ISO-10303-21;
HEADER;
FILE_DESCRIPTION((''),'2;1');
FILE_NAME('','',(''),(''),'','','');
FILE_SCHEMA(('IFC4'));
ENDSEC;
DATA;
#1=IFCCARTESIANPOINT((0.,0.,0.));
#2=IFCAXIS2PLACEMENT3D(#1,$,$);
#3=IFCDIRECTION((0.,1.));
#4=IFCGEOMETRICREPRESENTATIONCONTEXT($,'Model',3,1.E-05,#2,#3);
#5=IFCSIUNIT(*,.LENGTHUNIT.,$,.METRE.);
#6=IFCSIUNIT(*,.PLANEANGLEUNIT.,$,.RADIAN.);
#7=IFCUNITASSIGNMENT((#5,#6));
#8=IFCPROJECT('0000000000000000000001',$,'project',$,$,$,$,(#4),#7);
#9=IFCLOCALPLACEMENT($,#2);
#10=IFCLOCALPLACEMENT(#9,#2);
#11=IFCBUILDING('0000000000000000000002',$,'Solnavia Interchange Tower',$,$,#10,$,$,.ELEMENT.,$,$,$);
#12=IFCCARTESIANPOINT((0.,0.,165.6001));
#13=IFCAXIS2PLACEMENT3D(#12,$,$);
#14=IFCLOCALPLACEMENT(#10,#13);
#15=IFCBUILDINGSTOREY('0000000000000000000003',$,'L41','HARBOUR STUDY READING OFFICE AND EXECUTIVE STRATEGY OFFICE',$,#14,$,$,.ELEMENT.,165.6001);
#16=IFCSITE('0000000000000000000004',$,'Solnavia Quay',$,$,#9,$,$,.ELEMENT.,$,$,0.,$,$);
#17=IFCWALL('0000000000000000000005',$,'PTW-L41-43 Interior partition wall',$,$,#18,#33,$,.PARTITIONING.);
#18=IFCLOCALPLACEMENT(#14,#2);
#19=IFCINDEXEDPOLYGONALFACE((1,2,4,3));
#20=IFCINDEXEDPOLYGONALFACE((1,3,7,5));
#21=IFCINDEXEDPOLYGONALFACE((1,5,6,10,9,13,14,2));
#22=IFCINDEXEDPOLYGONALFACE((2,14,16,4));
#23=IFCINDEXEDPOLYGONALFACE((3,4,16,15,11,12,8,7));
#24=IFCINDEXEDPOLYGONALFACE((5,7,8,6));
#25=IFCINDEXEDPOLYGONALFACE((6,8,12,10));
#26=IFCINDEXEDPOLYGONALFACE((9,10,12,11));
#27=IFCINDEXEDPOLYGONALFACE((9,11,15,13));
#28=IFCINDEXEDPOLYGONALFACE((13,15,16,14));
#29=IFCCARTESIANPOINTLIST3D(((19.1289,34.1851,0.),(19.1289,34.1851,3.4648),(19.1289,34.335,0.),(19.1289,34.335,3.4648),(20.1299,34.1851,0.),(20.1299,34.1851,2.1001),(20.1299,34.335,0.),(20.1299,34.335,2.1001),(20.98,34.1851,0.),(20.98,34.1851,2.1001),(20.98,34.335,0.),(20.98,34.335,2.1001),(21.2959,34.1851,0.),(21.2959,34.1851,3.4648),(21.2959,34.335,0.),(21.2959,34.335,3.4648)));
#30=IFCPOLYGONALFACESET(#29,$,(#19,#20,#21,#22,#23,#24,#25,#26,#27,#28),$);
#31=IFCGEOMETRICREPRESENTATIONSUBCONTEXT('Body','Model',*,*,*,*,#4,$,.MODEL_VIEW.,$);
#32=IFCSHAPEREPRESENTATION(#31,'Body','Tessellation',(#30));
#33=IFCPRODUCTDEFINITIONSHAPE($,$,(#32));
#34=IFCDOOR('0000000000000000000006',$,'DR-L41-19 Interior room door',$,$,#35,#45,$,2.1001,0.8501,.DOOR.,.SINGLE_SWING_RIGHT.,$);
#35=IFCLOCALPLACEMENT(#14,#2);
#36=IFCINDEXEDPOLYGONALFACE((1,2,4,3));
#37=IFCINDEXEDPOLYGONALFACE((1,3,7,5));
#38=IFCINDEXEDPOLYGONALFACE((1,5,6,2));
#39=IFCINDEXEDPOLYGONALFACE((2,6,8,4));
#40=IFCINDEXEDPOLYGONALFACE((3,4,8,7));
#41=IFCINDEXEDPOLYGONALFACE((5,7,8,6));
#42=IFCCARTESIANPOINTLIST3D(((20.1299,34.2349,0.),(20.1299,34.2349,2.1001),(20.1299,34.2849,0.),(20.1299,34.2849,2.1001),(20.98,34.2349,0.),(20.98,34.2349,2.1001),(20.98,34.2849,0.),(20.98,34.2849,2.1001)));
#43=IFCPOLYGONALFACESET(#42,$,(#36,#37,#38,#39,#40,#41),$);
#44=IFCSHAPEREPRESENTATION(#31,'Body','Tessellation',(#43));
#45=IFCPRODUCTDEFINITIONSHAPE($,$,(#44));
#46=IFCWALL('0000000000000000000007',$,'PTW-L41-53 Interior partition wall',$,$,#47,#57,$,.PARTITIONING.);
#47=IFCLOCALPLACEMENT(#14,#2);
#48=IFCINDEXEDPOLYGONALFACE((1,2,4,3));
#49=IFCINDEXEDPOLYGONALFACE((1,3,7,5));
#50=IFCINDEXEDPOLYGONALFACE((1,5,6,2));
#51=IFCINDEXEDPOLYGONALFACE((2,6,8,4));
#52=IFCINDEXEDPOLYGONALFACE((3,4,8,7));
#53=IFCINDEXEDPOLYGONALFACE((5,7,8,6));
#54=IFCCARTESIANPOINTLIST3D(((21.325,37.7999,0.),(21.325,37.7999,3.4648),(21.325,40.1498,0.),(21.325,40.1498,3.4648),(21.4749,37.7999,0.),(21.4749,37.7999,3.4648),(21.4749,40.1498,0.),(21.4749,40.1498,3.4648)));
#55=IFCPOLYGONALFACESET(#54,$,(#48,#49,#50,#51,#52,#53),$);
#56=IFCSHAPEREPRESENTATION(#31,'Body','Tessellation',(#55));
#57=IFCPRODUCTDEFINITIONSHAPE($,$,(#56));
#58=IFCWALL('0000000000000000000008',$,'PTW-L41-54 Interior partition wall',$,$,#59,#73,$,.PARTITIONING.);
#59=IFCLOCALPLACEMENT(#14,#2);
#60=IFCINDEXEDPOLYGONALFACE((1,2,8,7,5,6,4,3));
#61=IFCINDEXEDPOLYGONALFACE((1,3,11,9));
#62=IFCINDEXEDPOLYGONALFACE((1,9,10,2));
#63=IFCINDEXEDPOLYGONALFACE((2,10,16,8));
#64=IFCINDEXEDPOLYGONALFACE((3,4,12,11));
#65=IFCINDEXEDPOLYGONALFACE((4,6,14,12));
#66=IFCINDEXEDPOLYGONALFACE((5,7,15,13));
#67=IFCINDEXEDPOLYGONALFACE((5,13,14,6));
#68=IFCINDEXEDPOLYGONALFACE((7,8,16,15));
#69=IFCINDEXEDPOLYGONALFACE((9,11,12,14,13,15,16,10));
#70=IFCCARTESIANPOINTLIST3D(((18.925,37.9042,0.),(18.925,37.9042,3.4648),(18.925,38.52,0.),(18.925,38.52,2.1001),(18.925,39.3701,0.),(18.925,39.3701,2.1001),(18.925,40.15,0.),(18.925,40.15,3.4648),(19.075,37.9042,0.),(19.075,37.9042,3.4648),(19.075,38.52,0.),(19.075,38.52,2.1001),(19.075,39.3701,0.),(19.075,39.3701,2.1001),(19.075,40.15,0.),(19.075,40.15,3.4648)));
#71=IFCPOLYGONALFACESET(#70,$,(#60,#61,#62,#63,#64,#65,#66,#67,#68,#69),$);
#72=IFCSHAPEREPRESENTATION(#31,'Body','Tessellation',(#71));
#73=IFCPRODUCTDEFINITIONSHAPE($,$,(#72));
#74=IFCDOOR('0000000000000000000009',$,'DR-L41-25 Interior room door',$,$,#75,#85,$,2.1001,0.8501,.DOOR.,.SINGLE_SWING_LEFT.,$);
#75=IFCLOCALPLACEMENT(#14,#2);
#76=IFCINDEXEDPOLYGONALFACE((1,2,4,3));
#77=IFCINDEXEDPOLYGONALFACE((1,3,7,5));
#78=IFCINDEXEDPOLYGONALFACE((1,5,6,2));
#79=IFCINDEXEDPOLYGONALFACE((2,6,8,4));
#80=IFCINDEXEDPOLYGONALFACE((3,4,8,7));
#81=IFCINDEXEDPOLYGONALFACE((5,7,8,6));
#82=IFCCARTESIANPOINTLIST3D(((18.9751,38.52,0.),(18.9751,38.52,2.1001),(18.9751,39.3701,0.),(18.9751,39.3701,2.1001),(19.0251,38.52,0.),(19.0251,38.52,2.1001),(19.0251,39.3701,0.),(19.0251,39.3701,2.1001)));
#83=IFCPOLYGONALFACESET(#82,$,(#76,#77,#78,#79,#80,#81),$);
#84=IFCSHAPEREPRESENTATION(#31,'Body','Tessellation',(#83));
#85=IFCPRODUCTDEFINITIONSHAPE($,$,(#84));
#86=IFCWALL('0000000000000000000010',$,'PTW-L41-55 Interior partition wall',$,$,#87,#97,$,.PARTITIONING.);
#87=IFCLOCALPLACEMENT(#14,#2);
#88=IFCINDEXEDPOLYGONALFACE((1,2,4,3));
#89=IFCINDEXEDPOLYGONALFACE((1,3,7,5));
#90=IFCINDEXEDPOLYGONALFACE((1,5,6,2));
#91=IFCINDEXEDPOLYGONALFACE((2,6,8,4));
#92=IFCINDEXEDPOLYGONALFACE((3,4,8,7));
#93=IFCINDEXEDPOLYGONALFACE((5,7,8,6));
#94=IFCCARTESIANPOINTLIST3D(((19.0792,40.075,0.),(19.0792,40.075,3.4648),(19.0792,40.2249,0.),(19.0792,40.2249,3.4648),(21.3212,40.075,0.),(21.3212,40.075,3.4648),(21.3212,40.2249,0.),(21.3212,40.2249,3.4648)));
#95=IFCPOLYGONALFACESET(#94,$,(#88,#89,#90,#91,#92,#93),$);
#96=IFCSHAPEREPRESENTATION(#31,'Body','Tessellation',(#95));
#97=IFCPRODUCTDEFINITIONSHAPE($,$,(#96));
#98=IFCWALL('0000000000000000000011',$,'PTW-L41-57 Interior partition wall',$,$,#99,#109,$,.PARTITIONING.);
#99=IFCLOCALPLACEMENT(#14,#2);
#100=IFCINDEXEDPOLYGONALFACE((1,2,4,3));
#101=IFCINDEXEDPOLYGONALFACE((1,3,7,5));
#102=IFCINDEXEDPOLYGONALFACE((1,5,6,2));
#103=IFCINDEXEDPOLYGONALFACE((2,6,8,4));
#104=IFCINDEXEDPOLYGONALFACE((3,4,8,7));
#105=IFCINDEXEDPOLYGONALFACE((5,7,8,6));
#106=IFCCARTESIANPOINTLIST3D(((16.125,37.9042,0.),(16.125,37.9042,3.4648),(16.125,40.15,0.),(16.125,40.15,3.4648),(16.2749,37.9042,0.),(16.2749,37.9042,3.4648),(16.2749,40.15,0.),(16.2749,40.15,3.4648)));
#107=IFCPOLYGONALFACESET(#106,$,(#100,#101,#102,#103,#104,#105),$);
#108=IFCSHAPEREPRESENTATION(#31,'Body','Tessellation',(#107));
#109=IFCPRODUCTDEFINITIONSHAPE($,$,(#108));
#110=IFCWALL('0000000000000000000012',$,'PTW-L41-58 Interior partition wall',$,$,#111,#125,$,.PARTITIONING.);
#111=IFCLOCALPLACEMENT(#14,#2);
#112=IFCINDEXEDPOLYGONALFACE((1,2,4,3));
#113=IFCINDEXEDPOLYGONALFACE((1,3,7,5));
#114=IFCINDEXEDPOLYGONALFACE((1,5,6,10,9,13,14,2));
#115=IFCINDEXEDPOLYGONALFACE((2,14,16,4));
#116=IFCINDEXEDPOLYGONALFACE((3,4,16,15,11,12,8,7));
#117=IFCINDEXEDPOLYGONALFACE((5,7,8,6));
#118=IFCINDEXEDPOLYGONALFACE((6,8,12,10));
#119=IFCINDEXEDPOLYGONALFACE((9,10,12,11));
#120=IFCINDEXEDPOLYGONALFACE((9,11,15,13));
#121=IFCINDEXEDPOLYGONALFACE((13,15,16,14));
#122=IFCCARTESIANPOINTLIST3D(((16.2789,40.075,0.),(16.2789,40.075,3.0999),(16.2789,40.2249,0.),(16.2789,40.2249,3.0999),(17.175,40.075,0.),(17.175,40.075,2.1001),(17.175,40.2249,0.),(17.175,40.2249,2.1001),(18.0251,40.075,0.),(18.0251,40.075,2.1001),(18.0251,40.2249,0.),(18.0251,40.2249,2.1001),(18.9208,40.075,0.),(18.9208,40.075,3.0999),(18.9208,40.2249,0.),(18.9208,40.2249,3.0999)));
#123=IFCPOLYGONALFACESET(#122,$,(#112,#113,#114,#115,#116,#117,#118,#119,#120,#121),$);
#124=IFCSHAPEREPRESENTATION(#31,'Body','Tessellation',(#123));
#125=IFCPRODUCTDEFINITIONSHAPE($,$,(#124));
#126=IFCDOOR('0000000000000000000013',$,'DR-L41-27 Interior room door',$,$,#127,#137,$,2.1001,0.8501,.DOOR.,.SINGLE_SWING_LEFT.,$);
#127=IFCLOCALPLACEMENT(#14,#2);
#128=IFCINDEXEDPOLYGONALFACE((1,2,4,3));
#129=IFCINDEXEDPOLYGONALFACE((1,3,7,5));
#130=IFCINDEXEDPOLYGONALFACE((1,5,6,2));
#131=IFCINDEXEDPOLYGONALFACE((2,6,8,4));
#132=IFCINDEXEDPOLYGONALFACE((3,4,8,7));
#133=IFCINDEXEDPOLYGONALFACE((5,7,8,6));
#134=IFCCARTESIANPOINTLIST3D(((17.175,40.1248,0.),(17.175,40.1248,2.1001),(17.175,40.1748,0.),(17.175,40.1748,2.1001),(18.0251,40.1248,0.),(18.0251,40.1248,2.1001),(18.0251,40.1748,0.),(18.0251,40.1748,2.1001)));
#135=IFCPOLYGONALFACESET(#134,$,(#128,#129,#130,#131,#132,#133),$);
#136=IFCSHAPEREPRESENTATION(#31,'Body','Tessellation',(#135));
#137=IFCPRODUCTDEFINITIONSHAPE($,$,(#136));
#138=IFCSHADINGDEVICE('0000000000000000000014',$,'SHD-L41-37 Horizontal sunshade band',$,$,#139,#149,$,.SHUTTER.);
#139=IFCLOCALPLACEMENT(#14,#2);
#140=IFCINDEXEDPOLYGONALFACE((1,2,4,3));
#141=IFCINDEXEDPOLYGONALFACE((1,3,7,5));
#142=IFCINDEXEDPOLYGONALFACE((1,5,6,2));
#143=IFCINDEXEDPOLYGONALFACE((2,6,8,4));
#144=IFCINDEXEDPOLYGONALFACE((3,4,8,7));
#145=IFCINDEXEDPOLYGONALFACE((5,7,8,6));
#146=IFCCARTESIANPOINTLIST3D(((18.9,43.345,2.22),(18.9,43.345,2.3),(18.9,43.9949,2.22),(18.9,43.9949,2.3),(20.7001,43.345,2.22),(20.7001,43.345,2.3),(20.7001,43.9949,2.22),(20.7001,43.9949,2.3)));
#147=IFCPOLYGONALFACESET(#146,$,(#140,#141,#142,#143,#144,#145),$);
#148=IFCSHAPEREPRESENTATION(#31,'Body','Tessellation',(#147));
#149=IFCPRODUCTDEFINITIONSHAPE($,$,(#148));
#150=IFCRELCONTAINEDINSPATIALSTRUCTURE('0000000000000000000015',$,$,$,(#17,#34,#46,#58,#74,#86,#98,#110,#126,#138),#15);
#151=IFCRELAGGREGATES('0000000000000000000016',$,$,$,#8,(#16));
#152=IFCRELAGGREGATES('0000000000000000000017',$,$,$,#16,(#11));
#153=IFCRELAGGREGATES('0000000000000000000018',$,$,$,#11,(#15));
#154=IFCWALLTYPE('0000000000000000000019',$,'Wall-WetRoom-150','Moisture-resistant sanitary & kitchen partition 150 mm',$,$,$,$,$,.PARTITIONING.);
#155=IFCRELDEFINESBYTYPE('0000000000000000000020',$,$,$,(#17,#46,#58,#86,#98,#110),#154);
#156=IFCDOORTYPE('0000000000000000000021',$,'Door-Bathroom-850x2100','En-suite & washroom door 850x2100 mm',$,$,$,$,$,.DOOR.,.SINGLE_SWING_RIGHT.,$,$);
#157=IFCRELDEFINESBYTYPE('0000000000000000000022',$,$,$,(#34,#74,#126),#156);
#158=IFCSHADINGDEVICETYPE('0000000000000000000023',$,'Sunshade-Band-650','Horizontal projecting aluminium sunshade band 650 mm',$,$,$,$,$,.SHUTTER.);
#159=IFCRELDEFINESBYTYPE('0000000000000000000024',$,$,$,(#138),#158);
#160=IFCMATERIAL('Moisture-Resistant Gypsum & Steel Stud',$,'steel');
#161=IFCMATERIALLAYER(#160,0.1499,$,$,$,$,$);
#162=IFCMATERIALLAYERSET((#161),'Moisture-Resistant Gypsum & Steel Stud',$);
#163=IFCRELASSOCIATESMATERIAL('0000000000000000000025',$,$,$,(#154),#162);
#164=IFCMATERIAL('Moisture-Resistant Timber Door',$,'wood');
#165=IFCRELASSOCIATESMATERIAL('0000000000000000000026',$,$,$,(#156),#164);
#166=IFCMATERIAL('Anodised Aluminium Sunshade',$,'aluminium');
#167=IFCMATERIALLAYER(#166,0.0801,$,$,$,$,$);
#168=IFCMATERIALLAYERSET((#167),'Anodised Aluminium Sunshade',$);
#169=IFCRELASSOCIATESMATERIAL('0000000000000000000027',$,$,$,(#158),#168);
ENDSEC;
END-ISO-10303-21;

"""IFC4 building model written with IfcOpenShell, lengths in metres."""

from ifc_helpers import new_model, si_unit, direction, frame, frame_2d, origin, origin_2d, place, context, subcontext, project, spatial, rectangle, extrude, material, layer, layer_set, type_object, element, fill, save


model = new_model("IFC4")

# Units and contexts
model_context = context("Model", 3, precision=1e-05, world=origin(), true_north=direction((0.0, 1.0)))
body_context = subcontext(model_context, "Body", "Model", "MODEL_VIEW")
ifc_project = project(units=[si_unit("LENGTHUNIT", "METRE"), si_unit("PLANEANGLEUNIT", "RADIAN")], contexts=[model_context])

# Site, building, storey
site_placement = place(None, origin())
site = spatial("IfcSite", under=ifc_project, at=site_placement, Name="Solnavia Quay", CompositionType="ELEMENT", RefElevation=0.0)
building_placement = place(site_placement, origin())
building = spatial("IfcBuilding", under=site, at=building_placement, Name="Solnavia Interchange Tower", CompositionType="ELEMENT")
storey_placement = place(building_placement, frame((0.0, 0.0, 165.6001)))
storey = spatial("IfcBuildingStorey", under=building, at=storey_placement, Name="L41", Description="HARBOUR STUDY READING OFFICE AND EXECUTIVE STRATEGY OFFICE", CompositionType="ELEMENT", Elevation=165.6001)

# Wall, opening, door
ifc_material_1 = material(Name="Moisture-Resistant Gypsum & Steel Stud", Category="steel")
ifc_layer_1 = layer(ifc_material_1, 0.1499)
ifc_layer_set_1 = layer_set([ifc_layer_1], Name="Moisture-Resistant Gypsum & Steel Stud")
wall_type_1 = type_object("IfcWallType", Name="Wall-WetRoom-150", Description="Moisture-resistant sanitary & kitchen partition 150 mm", PredefinedType="PARTITIONING", material=ifc_layer_set_1)
wall_1_placement = place(storey_placement, frame((19.1289, 34.26, 0.0), z_axis=(0.0, 0.0, 1.0), x_axis=(1.0, 0.0, 0.0)))
wall_1 = element("IfcWall", 1, at=wall_1_placement, inside=storey, type_object=wall_type_1, Name="PTW-L41-43 Interior partition wall", PredefinedType="PARTITIONING", context=body_context, shape_type="SweptSolid", body=[
    extrude(rectangle(XDim=2.167, YDim=0.1499, at=frame_2d((1.0835, 0.0))), origin(), (0.0, 0.0, 1.0), 3.4648),
])
opening_1_placement = place(wall_1_placement, frame((1.001, 0.0, 0.0)))
opening_1 = element("IfcOpeningElement", 2, at=opening_1_placement, cuts=wall_1, PredefinedType="OPENING", context=body_context, shape_type="SweptSolid", body=[
    extrude(rectangle(XDim=0.8501, YDim=2.1001, at=frame_2d((0.425, 1.05))), frame((0.0, 0.085, 0.0), z_axis=(0.0, -1.0, 0.0), x_axis=(1.0, 0.0, 0.0)), (0.0, 0.0, 1.0), 0.1699),
])
ifc_material_2 = material(Name="Moisture-Resistant Timber Door", Category="wood")
door_type_1 = type_object("IfcDoorType", Name="Door-Bathroom-850x2100", Description="En-suite & washroom door 850x2100 mm", OperationType="SINGLE_SWING_RIGHT", PredefinedType="DOOR", material=ifc_material_2)
door_1_placement = place(opening_1_placement, origin())
door_1 = element("IfcDoor", 3, at=door_1_placement, inside=storey, type_object=door_type_1, Name="DR-L41-19 Interior room door", OperationType="SINGLE_SWING_RIGHT", OverallHeight=2.1001, OverallWidth=0.8501, PredefinedType="DOOR", context=body_context, shape_type="SweptSolid", body=[
    extrude(rectangle(XDim=0.8501, YDim=2.1001, at=frame_2d((0.425, 1.05))), frame((0.0, 0.0249, 0.0), z_axis=(0.0, -1.0, 0.0), x_axis=(1.0, 0.0, 0.0)), (0.0, 0.0, 1.0), 0.05),
])
fill(opening_1, door_1)

# Wall
wall_2_placement = place(storey_placement, frame((21.3999, 37.8, 0.0), z_axis=(0.0, 0.0, 1.0), x_axis=(0.0, 1.0, 0.0)))
element("IfcWall", 4, at=wall_2_placement, inside=storey, type_object=wall_type_1, Name="PTW-L41-53 Interior partition wall", PredefinedType="PARTITIONING", context=body_context, shape_type="SweptSolid", body=[
    extrude(rectangle(XDim=2.3499, YDim=0.1499, at=frame_2d((1.1748, 0.0))), origin(), (0.0, 0.0, 1.0), 3.4648),
])

# Wall, opening, door
wall_3_placement = place(storey_placement, frame((19.0, 37.9041, 0.0), z_axis=(0.0, 0.0, 1.0), x_axis=(0.0, 1.0, 0.0)))
wall_3 = element("IfcWall", 5, at=wall_3_placement, inside=storey, type_object=wall_type_1, Name="PTW-L41-54 Interior partition wall", PredefinedType="PARTITIONING", context=body_context, shape_type="SweptSolid", body=[
    extrude(rectangle(XDim=2.2458, YDim=0.1499, at=frame_2d((1.123, 0.0))), origin(), (0.0, 0.0, 1.0), 3.4648),
])
opening_2_placement = place(wall_3_placement, frame((0.616, 0.0, 0.0)))
opening_2 = element("IfcOpeningElement", 6, at=opening_2_placement, cuts=wall_3, PredefinedType="OPENING", context=body_context, shape_type="SweptSolid", body=[
    extrude(rectangle(XDim=0.8501, YDim=2.1001, at=frame_2d((0.425, 1.05))), frame((0.0, 0.085, 0.0), z_axis=(0.0, -1.0, 0.0), x_axis=(1.0, 0.0, 0.0)), (0.0, 0.0, 1.0), 0.1699),
])
door_2_placement = place(opening_2_placement, origin())
door_2 = element("IfcDoor", 7, at=door_2_placement, inside=storey, type_object=door_type_1, Name="DR-L41-25 Interior room door", OperationType="SINGLE_SWING_LEFT", OverallHeight=2.1001, OverallWidth=0.8501, PredefinedType="DOOR", context=body_context, shape_type="SweptSolid", body=[
    extrude(rectangle(XDim=0.8501, YDim=2.1001, at=frame_2d((0.425, 1.05))), frame((0.0, 0.0249, 0.0), z_axis=(0.0, -1.0, 0.0), x_axis=(1.0, 0.0, 0.0)), (0.0, 0.0, 1.0), 0.05),
])
fill(opening_2, door_2)

# Walls
wall_4_placement = place(storey_placement, frame((19.0791, 40.1499, 0.0), z_axis=(0.0, 0.0, 1.0), x_axis=(1.0, 0.0, 0.0)))
element("IfcWall", 8, at=wall_4_placement, inside=storey, type_object=wall_type_1, Name="PTW-L41-55 Interior partition wall", PredefinedType="PARTITIONING", context=body_context, shape_type="SweptSolid", body=[
    extrude(rectangle(XDim=2.2419, YDim=0.1499, at=frame_2d((1.1211, 0.0))), origin(), (0.0, 0.0, 1.0), 3.4648),
])
wall_5_placement = place(storey_placement, frame((16.2, 37.9041, 0.0), z_axis=(0.0, 0.0, 1.0), x_axis=(0.0, 1.0, 0.0)))
element("IfcWall", 9, at=wall_5_placement, inside=storey, type_object=wall_type_1, Name="PTW-L41-57 Interior partition wall", PredefinedType="PARTITIONING", context=body_context, shape_type="SweptSolid", body=[
    extrude(rectangle(XDim=2.2458, YDim=0.1499, at=frame_2d((1.123, 0.0))), origin(), (0.0, 0.0, 1.0), 3.4648),
])

# Wall, opening, door
wall_6_placement = place(storey_placement, frame((16.2791, 40.1499, 0.0), z_axis=(0.0, 0.0, 1.0), x_axis=(1.0, 0.0, 0.0)))
wall_6 = element("IfcWall", 10, at=wall_6_placement, inside=storey, type_object=wall_type_1, Name="PTW-L41-58 Interior partition wall", PredefinedType="PARTITIONING", context=body_context, shape_type="SweptSolid", body=[
    extrude(rectangle(XDim=2.6418, YDim=0.1499, at=frame_2d((1.3208, 0.0))), origin(), (0.0, 0.0, 1.0), 3.0999),
])
opening_3_placement = place(wall_6_placement, frame((0.896, 0.0, 0.0)))
opening_3 = element("IfcOpeningElement", 11, at=opening_3_placement, cuts=wall_6, PredefinedType="OPENING", context=body_context, shape_type="SweptSolid", body=[
    extrude(rectangle(XDim=0.8501, YDim=2.1001, at=frame_2d((0.425, 1.05))), frame((0.0, 0.085, 0.0), z_axis=(0.0, -1.0, 0.0), x_axis=(1.0, 0.0, 0.0)), (0.0, 0.0, 1.0), 0.1699),
])
door_3_placement = place(opening_3_placement, origin())
door_3 = element("IfcDoor", 12, at=door_3_placement, inside=storey, type_object=door_type_1, Name="DR-L41-27 Interior room door", OperationType="SINGLE_SWING_LEFT", OverallHeight=2.1001, OverallWidth=0.8501, PredefinedType="DOOR", context=body_context, shape_type="SweptSolid", body=[
    extrude(rectangle(XDim=0.8501, YDim=2.1001, at=frame_2d((0.425, 1.05))), frame((0.0, 0.0249, 0.0), z_axis=(0.0, -1.0, 0.0), x_axis=(1.0, 0.0, 0.0)), (0.0, 0.0, 1.0), 0.05),
])
fill(opening_3, door_3)

# Shading device
ifc_material_3 = material(Name="Anodised Aluminium Sunshade", Category="aluminium")
ifc_layer_2 = layer(ifc_material_3, 0.0801)
ifc_layer_set_2 = layer_set([ifc_layer_2], Name="Anodised Aluminium Sunshade")
shading_device_type = type_object("IfcShadingDeviceType", Name="Sunshade-Band-650", Description="Horizontal projecting aluminium sunshade band 650 mm", PredefinedType="SHUTTER", material=ifc_layer_set_2)
shading_device_placement = place(storey_placement, frame((19.8, 43.6699, 2.22), z_axis=(0.0, 0.0, 1.0), x_axis=(1.0, 0.0, 0.0)))
element("IfcShadingDevice", 13, at=shading_device_placement, inside=storey, type_object=shading_device_type, Name="SHD-L41-37 Horizontal sunshade band", PredefinedType="SHUTTER", context=body_context, shape_type="SweptSolid", body=[
    extrude(rectangle(XDim=1.8, YDim=0.6499, at=origin_2d()), origin(), (0.0, 0.0, 1.0), 0.0801),
])

save(model, "model.ifc")
